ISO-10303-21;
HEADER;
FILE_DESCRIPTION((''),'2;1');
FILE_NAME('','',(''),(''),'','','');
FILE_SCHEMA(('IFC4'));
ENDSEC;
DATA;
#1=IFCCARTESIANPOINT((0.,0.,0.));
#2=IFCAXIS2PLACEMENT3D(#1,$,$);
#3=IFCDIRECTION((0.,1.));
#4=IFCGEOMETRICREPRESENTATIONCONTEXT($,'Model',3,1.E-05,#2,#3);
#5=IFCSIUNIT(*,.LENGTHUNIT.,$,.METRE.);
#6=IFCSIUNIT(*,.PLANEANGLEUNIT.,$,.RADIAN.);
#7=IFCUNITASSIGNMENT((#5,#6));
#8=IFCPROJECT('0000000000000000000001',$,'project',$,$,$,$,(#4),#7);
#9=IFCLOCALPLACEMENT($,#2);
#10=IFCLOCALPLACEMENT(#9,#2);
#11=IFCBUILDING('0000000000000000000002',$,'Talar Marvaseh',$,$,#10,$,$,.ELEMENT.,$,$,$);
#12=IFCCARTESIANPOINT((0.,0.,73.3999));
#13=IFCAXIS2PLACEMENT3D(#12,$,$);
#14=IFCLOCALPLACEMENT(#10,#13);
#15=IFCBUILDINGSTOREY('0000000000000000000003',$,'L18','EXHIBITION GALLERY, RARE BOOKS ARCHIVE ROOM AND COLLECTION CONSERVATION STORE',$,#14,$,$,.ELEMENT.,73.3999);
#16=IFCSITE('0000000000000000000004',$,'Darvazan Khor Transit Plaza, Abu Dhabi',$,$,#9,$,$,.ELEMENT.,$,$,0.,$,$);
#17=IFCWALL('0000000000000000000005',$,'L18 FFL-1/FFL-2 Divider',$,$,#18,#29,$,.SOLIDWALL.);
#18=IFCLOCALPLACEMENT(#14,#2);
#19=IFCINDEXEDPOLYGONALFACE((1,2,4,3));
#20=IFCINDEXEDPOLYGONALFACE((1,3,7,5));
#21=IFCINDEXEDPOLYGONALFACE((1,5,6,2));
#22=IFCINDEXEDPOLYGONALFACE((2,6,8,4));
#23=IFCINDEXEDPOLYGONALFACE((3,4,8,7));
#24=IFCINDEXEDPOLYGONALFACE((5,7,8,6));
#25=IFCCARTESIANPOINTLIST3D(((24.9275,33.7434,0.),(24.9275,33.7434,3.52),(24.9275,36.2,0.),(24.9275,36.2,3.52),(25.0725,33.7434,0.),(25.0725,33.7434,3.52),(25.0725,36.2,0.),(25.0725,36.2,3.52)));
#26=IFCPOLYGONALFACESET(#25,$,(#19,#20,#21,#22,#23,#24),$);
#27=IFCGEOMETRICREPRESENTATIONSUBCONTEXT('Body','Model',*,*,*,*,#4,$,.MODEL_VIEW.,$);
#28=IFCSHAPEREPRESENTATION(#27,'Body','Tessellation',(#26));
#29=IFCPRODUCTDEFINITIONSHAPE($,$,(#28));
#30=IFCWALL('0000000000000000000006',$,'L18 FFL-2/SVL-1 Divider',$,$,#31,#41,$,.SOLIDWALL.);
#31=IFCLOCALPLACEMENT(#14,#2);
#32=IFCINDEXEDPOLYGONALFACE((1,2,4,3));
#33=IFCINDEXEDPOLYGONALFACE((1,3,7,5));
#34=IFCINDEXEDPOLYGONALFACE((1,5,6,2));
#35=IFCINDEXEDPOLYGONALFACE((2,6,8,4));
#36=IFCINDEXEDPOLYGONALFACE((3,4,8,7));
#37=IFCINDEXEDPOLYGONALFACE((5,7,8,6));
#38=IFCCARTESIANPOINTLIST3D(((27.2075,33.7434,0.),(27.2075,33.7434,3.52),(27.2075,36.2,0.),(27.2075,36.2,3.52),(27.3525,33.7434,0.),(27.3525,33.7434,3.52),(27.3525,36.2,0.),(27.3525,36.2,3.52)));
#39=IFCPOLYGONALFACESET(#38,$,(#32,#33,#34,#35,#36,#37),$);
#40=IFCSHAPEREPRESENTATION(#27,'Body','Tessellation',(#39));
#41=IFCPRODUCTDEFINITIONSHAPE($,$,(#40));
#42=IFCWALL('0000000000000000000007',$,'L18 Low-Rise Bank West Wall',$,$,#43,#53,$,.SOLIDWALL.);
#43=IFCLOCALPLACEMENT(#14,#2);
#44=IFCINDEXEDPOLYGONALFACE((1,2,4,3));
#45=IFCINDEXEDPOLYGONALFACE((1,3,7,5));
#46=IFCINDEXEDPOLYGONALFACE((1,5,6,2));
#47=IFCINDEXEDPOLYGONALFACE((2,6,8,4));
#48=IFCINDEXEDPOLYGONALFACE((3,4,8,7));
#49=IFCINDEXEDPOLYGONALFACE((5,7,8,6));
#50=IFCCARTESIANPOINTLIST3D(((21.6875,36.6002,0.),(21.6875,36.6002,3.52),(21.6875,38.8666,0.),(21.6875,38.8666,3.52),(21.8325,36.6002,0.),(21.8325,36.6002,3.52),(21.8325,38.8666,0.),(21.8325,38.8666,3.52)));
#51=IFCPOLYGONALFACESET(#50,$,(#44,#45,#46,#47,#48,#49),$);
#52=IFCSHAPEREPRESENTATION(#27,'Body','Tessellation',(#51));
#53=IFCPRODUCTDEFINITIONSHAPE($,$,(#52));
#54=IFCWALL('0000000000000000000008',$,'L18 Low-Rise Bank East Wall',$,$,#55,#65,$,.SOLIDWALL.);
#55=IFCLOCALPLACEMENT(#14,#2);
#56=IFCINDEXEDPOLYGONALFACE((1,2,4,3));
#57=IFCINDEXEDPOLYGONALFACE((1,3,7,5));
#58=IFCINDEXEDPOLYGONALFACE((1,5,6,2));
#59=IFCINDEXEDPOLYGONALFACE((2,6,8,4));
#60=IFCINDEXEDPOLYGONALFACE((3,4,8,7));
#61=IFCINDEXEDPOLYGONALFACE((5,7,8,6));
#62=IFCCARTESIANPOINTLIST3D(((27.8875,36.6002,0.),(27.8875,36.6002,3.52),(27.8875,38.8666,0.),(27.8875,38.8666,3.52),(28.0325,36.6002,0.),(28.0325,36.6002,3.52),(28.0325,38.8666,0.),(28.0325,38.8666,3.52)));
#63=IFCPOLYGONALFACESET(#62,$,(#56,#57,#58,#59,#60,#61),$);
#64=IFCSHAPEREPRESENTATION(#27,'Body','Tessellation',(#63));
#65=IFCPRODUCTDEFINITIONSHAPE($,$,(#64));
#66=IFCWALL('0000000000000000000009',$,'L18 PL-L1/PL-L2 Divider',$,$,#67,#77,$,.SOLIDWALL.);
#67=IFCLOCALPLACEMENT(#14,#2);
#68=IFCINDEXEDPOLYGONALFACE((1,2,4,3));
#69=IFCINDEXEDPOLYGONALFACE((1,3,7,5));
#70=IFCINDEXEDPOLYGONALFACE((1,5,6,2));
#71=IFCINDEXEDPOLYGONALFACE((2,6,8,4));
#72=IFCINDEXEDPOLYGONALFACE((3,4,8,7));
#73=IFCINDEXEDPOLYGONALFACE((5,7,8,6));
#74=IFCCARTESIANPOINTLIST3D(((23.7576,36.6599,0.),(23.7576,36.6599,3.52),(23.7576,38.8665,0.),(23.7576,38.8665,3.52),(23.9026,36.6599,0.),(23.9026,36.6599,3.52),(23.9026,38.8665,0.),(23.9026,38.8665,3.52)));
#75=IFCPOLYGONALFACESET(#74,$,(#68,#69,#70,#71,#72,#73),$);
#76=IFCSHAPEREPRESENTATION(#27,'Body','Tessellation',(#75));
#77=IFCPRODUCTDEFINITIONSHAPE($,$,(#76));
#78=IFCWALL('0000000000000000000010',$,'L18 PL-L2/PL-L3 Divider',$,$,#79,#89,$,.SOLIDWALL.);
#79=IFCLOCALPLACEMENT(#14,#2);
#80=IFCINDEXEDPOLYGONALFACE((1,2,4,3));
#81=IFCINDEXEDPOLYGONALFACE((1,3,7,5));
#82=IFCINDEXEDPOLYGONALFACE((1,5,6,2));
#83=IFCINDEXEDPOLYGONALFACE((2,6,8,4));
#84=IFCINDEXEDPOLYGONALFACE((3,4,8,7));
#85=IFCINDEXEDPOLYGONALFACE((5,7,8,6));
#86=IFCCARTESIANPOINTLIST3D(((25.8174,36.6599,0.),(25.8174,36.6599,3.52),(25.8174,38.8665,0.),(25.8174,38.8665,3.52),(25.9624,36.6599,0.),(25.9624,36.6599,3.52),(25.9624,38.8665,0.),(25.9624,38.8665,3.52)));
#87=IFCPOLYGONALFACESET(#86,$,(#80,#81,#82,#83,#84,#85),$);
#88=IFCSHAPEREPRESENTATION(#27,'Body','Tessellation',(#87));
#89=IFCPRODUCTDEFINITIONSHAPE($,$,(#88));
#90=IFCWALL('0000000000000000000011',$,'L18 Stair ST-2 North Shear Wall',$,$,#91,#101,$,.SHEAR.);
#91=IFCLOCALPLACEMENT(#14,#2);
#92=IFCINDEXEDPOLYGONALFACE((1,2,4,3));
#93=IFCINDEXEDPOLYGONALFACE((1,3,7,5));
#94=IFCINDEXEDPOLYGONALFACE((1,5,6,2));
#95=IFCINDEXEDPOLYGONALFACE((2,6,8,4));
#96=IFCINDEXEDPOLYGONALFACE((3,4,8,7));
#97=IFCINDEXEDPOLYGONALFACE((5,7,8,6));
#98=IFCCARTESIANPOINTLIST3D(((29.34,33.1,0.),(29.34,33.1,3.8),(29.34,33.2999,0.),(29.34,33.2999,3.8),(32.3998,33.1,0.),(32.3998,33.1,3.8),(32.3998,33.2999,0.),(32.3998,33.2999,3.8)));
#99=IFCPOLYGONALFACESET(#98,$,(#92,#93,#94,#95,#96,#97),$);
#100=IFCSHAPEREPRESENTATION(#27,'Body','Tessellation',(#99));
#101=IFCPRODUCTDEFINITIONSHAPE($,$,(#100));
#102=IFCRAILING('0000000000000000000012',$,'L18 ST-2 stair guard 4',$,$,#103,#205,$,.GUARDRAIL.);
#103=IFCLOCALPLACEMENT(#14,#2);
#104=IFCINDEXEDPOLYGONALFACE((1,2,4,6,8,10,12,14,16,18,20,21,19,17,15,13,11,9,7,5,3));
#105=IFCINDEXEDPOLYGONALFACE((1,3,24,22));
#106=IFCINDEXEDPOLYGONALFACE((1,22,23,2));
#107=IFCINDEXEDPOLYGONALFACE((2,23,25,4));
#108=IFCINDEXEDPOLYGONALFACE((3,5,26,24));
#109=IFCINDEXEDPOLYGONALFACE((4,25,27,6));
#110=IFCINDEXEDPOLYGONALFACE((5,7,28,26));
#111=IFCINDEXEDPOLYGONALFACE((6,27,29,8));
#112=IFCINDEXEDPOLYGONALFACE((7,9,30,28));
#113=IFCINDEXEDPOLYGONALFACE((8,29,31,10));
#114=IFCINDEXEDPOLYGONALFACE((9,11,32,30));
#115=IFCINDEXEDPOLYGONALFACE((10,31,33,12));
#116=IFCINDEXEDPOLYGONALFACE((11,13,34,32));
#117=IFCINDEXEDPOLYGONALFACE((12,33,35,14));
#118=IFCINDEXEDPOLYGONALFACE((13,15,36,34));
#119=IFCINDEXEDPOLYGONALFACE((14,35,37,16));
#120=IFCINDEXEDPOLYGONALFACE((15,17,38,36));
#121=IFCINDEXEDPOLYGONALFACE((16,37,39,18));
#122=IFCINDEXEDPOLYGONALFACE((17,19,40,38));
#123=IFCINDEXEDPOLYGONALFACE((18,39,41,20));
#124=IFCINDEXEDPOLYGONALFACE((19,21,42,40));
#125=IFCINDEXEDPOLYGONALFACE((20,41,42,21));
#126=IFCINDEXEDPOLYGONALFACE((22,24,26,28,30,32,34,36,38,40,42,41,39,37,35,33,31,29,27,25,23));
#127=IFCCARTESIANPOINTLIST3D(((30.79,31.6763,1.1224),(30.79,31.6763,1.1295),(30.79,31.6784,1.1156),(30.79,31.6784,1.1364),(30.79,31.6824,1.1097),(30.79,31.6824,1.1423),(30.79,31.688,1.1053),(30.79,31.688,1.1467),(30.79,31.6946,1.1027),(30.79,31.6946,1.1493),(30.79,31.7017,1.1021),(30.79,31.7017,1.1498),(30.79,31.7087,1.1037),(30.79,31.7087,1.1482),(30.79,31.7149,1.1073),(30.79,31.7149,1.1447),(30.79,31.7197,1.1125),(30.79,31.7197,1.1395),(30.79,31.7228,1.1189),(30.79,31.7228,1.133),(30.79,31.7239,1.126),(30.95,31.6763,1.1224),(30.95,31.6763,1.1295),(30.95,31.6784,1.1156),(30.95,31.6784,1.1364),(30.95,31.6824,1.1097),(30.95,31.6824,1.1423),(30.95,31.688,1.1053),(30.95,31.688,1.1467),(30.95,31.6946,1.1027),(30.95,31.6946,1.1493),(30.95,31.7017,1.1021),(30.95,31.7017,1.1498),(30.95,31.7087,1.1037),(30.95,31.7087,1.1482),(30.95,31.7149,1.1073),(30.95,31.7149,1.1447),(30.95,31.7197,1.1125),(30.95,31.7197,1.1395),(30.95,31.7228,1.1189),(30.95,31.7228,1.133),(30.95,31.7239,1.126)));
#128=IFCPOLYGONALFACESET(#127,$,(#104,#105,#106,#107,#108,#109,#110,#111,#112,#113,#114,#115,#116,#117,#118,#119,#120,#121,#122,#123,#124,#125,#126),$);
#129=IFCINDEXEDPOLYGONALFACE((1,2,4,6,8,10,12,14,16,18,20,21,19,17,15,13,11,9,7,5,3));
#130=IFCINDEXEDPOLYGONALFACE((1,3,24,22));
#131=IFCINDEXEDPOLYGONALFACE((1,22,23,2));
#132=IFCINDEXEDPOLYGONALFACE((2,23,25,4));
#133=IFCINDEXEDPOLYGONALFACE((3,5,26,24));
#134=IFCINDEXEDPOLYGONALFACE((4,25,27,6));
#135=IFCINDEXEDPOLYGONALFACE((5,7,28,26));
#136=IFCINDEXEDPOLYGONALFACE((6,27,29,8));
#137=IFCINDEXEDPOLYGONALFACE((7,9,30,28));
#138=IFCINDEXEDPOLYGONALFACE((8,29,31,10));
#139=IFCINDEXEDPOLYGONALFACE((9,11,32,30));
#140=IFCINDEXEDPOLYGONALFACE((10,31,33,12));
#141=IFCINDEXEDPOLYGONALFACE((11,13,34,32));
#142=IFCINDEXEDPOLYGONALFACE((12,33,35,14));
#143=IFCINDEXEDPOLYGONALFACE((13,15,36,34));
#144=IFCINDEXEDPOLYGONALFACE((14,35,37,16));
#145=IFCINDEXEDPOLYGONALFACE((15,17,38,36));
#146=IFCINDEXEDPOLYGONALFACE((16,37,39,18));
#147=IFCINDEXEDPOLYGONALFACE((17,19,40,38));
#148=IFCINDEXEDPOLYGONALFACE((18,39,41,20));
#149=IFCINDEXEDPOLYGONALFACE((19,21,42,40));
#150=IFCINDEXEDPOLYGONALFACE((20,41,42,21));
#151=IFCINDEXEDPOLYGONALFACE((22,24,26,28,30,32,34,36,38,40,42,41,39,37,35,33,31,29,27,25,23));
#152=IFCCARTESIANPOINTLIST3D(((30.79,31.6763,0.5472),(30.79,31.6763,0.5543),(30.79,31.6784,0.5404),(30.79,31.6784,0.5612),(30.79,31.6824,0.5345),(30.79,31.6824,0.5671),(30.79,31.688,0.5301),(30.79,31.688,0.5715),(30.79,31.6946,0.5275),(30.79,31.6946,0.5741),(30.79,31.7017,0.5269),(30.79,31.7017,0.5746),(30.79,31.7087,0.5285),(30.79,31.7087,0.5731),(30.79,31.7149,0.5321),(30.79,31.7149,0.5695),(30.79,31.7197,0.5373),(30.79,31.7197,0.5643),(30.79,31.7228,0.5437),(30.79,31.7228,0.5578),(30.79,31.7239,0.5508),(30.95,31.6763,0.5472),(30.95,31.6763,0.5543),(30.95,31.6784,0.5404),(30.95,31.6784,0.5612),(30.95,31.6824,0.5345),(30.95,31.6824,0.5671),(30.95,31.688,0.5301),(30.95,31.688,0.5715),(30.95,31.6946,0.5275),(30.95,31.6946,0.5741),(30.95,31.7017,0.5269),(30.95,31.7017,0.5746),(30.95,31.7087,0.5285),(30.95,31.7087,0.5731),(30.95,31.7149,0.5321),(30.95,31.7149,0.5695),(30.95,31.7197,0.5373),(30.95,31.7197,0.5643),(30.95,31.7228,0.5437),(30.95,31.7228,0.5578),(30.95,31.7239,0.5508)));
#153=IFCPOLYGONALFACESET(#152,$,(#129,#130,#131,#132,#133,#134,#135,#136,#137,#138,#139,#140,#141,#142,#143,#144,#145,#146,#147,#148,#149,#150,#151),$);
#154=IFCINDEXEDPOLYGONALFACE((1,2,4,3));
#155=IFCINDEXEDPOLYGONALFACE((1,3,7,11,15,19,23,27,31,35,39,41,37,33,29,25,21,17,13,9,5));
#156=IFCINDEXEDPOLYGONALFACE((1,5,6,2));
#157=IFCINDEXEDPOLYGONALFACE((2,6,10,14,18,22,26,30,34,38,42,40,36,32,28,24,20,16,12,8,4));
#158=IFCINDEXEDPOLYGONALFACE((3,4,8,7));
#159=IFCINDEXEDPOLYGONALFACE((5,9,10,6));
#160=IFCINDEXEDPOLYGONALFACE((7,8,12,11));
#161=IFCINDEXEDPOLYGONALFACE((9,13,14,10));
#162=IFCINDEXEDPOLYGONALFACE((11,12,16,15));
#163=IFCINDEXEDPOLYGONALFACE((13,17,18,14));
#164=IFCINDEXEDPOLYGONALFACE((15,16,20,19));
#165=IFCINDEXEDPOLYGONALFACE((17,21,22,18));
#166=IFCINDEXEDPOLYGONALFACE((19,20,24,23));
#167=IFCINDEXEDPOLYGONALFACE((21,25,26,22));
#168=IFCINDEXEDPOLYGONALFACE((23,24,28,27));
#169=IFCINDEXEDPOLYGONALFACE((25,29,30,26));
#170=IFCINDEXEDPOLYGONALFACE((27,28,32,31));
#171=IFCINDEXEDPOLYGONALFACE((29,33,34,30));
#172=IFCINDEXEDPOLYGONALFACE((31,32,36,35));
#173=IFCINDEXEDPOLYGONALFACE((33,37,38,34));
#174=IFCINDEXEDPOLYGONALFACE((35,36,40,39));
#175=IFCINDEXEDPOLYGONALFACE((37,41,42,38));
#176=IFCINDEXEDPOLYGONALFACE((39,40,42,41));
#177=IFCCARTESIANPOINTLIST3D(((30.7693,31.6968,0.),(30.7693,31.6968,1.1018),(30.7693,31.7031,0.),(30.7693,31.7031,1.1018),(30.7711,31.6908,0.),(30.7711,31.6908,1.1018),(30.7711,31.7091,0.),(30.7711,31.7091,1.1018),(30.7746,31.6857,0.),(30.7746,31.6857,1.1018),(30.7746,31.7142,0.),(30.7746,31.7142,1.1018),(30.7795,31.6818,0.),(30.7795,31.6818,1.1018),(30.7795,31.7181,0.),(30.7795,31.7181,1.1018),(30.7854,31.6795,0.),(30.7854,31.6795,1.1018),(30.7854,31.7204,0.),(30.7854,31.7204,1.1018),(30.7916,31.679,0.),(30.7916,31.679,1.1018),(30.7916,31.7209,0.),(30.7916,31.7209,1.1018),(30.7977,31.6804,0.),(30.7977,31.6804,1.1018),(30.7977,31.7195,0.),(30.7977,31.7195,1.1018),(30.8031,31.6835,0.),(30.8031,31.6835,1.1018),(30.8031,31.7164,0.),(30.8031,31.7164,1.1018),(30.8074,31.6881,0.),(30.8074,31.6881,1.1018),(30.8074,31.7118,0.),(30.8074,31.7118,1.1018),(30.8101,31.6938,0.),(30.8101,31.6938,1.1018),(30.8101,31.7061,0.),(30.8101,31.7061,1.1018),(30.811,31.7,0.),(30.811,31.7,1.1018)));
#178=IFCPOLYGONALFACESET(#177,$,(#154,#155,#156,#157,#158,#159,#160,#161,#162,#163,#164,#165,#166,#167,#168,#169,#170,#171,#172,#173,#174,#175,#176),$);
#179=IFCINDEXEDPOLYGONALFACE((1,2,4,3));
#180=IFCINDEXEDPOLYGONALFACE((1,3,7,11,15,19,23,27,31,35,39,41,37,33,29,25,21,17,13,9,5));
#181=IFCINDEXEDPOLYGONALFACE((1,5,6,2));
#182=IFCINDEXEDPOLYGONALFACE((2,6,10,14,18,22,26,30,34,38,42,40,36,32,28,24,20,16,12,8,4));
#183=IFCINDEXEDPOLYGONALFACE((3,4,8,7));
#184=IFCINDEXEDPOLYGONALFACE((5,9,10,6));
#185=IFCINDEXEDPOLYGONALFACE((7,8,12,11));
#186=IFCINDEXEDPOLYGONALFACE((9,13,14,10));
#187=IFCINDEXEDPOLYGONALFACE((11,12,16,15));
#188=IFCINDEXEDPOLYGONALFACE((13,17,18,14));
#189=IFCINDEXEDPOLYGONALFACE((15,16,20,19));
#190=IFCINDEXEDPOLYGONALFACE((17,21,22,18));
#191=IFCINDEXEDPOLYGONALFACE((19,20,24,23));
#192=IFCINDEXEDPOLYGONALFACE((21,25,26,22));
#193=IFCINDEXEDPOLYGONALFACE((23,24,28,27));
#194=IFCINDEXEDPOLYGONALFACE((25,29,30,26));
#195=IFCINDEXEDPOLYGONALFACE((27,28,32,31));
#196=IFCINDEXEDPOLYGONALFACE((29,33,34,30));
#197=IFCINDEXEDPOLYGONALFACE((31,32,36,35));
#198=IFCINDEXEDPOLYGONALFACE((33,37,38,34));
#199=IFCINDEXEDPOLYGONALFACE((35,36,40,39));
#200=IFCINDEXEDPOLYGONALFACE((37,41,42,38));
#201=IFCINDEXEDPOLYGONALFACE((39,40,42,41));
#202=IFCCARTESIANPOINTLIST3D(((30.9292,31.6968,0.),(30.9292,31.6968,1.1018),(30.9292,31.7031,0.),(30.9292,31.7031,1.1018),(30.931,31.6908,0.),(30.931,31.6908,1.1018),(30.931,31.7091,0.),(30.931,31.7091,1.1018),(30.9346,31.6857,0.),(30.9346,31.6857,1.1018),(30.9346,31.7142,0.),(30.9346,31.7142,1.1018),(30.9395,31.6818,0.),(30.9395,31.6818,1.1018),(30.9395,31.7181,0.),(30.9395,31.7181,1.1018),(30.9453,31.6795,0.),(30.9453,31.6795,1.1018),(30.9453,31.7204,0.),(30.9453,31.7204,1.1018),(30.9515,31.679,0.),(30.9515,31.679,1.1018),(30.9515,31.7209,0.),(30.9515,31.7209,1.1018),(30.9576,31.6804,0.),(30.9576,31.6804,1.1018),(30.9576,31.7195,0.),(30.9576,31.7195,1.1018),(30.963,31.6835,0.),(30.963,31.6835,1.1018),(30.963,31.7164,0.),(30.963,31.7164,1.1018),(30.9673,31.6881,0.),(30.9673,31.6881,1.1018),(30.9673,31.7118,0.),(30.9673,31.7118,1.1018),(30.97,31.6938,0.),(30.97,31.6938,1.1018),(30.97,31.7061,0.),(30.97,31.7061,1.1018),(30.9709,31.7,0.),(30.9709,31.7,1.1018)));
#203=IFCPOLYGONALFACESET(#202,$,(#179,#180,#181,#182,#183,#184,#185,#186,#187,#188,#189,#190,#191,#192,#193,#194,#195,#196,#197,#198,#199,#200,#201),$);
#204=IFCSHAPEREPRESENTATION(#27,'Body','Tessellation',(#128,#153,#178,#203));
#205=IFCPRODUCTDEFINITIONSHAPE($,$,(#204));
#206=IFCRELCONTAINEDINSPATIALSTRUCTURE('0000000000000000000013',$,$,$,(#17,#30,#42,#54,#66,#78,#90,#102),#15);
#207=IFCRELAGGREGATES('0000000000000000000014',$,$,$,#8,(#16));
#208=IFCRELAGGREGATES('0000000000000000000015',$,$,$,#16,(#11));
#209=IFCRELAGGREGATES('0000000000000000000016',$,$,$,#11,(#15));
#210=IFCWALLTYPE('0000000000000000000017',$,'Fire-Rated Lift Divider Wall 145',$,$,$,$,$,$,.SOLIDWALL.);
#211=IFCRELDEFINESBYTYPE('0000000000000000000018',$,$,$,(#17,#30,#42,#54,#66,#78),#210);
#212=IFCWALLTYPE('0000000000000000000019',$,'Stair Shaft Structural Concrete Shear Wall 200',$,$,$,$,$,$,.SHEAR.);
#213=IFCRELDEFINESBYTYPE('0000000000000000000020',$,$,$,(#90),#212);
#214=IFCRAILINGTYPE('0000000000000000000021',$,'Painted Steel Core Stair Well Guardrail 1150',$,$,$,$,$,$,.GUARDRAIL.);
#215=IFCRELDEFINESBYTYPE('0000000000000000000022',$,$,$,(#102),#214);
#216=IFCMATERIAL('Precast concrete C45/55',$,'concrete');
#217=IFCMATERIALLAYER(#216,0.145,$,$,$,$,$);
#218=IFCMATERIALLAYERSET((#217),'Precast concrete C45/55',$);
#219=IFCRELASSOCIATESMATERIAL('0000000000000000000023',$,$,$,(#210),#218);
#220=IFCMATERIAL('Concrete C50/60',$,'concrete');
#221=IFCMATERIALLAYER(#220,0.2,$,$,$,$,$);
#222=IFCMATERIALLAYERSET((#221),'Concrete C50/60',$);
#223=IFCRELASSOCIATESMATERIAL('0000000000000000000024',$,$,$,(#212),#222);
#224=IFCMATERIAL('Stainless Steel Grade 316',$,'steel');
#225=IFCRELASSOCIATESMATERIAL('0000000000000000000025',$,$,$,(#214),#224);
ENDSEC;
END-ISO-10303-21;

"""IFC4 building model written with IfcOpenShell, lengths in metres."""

from ifc_helpers import new_model, si_unit, direction, frame, frame_2d, origin, origin_2d, place, context, subcontext, project, spatial, rectangle, circle, extrude, material, layer, layer_set, type_object, element, save


model = new_model("IFC4")

# Units and contexts
model_context = context("Model", 3, precision=1e-05, world=origin(), true_north=direction((0.0, 1.0)))
body_context = subcontext(model_context, "Body", "Model", "MODEL_VIEW")
ifc_project = project(units=[si_unit("LENGTHUNIT", "METRE"), si_unit("PLANEANGLEUNIT", "RADIAN")], contexts=[model_context])

# Site, building, storey
site_placement = place(None, origin())
site = spatial("IfcSite", under=ifc_project, at=site_placement, Name="Darvazan Khor Transit Plaza, Abu Dhabi", CompositionType="ELEMENT", RefElevation=0.0)
building_placement = place(site_placement, origin())
building = spatial("IfcBuilding", under=site, at=building_placement, Name="Talar Marvaseh", CompositionType="ELEMENT")
storey_placement = place(building_placement, frame((0.0, 0.0, 73.3999)))
storey = spatial("IfcBuildingStorey", under=building, at=storey_placement, Name="L18", Description="EXHIBITION GALLERY, RARE BOOKS ARCHIVE ROOM AND COLLECTION CONSERVATION STORE", CompositionType="ELEMENT", Elevation=73.3999)

# Walls
ifc_material_1 = material(Name="Precast concrete C45/55", Category="concrete")
ifc_layer_1 = layer(ifc_material_1, 0.145)
ifc_layer_set_1 = layer_set([ifc_layer_1], Name="Precast concrete C45/55")
wall_type_1 = type_object("IfcWallType", Name="Fire-Rated Lift Divider Wall 145", PredefinedType="SOLIDWALL", material=ifc_layer_set_1)
for number, where, z_axis, x_axis, name in (
    (1, (25.0, 33.7434, 0.0), (0.0, 0.0, 1.0), (0.0, 1.0, 0.0), "L18 FFL-1/FFL-2 Divider"),
    (2, (27.28, 33.7434, 0.0), (0.0, 0.0, 1.0), (0.0, 1.0, 0.0), "L18 FFL-2/SVL-1 Divider"),
):
    element("IfcWall", number, at=place(storey_placement, frame(where, z_axis=z_axis, x_axis=x_axis)), inside=storey, type_object=wall_type_1, Name=name, PredefinedType="SOLIDWALL", context=body_context, shape_type="SweptSolid", body=[
        extrude(rectangle(XDim=2.4565, YDim=0.145, at=frame_2d((1.2283, 0.0))), origin(), (0.0, 0.0, 1.0), 3.52),
    ])
for number, where, z_axis, x_axis, name in (
    (3, (21.76, 36.6001, 0.0), (0.0, 0.0, 1.0), (0.0, 1.0, 0.0), "L18 Low-Rise Bank West Wall"),
    (4, (27.96, 36.6001, 0.0), (0.0, 0.0, 1.0), (0.0, 1.0, 0.0), "L18 Low-Rise Bank East Wall"),
):
    element("IfcWall", number, at=place(storey_placement, frame(where, z_axis=z_axis, x_axis=x_axis)), inside=storey, type_object=wall_type_1, Name=name, PredefinedType="SOLIDWALL", context=body_context, shape_type="SweptSolid", body=[
        extrude(rectangle(XDim=2.2664, YDim=0.145, at=frame_2d((1.1333, 0.0))), origin(), (0.0, 0.0, 1.0), 3.52),
    ])
for number, where, z_axis, x_axis, name in (
    (5, (23.8301, 36.6599, 0.0), (0.0, 0.0, 1.0), (0.0, 1.0, 0.0), "L18 PL-L1/PL-L2 Divider"),
    (6, (25.8899, 36.6599, 0.0), (0.0, 0.0, 1.0), (0.0, 1.0, 0.0), "L18 PL-L2/PL-L3 Divider"),
):
    element("IfcWall", number, at=place(storey_placement, frame(where, z_axis=z_axis, x_axis=x_axis)), inside=storey, type_object=wall_type_1, Name=name, PredefinedType="SOLIDWALL", context=body_context, shape_type="SweptSolid", body=[
        extrude(rectangle(XDim=2.2065, YDim=0.145, at=frame_2d((1.1033, 0.0))), origin(), (0.0, 0.0, 1.0), 3.52),
    ])

# Shared definitions
ifc_material_2 = material(Name="Stainless Steel Grade 316", Category="steel")

# Wall
ifc_material_3 = material(Name="Concrete C50/60", Category="concrete")
ifc_layer_2 = layer(ifc_material_3, 0.2)
ifc_layer_set_2 = layer_set([ifc_layer_2], Name="Concrete C50/60")
wall_type_2 = type_object("IfcWallType", Name="Stair Shaft Structural Concrete Shear Wall 200", PredefinedType="SHEAR", material=ifc_layer_set_2)
wall_1_placement = place(storey_placement, frame((29.3401, 33.2, 0.0), z_axis=(0.0, 0.0, 1.0), x_axis=(1.0, 0.0, 0.0)))
element("IfcWall", 7, at=wall_1_placement, inside=storey, type_object=wall_type_2, Name="L18 Stair ST-2 North Shear Wall", PredefinedType="SHEAR", context=body_context, shape_type="SweptSolid", body=[
    extrude(rectangle(XDim=3.0598, YDim=0.2, at=frame_2d((1.5298, 0.0))), origin(), (0.0, 0.0, 1.0), 3.8),
])

# Railing
railing_type = type_object("IfcRailingType", Name="Painted Steel Core Stair Well Guardrail 1150", PredefinedType="GUARDRAIL", material=ifc_material_2)
railing_placement = place(storey_placement, frame((30.79, 31.7, 0.0)))
element("IfcRailing", 8, at=railing_placement, inside=storey, type_object=railing_type, Name="L18 ST-2 stair guard 4", PredefinedType="GUARDRAIL", context=body_context, shape_type="SweptSolid", body=[
    extrude(circle(Radius=0.0239, at=origin_2d()), frame((0.0, 0.0, 1.126), z_axis=(1.0, 0.0, 0.0), x_axis=(0.0, 1.0, 0.0)), (0.0, 0.0, 1.0), 0.1599),
    extrude(circle(Radius=0.0239, at=origin_2d()), frame((0.0, 0.0, 0.5508), z_axis=(1.0, 0.0, 0.0), x_axis=(0.0, 1.0, 0.0)), (0.0, 0.0, 1.0), 0.1599),
    extrude(circle(Radius=0.021, at=origin_2d()), origin(), (0.0, 0.0, 1.0), 1.1018),
    extrude(circle(Radius=0.021, at=origin_2d()), frame((0.1599, 0.0, 0.0)), (0.0, 0.0, 1.0), 1.1018),
])

save(model, "model.ifc")
